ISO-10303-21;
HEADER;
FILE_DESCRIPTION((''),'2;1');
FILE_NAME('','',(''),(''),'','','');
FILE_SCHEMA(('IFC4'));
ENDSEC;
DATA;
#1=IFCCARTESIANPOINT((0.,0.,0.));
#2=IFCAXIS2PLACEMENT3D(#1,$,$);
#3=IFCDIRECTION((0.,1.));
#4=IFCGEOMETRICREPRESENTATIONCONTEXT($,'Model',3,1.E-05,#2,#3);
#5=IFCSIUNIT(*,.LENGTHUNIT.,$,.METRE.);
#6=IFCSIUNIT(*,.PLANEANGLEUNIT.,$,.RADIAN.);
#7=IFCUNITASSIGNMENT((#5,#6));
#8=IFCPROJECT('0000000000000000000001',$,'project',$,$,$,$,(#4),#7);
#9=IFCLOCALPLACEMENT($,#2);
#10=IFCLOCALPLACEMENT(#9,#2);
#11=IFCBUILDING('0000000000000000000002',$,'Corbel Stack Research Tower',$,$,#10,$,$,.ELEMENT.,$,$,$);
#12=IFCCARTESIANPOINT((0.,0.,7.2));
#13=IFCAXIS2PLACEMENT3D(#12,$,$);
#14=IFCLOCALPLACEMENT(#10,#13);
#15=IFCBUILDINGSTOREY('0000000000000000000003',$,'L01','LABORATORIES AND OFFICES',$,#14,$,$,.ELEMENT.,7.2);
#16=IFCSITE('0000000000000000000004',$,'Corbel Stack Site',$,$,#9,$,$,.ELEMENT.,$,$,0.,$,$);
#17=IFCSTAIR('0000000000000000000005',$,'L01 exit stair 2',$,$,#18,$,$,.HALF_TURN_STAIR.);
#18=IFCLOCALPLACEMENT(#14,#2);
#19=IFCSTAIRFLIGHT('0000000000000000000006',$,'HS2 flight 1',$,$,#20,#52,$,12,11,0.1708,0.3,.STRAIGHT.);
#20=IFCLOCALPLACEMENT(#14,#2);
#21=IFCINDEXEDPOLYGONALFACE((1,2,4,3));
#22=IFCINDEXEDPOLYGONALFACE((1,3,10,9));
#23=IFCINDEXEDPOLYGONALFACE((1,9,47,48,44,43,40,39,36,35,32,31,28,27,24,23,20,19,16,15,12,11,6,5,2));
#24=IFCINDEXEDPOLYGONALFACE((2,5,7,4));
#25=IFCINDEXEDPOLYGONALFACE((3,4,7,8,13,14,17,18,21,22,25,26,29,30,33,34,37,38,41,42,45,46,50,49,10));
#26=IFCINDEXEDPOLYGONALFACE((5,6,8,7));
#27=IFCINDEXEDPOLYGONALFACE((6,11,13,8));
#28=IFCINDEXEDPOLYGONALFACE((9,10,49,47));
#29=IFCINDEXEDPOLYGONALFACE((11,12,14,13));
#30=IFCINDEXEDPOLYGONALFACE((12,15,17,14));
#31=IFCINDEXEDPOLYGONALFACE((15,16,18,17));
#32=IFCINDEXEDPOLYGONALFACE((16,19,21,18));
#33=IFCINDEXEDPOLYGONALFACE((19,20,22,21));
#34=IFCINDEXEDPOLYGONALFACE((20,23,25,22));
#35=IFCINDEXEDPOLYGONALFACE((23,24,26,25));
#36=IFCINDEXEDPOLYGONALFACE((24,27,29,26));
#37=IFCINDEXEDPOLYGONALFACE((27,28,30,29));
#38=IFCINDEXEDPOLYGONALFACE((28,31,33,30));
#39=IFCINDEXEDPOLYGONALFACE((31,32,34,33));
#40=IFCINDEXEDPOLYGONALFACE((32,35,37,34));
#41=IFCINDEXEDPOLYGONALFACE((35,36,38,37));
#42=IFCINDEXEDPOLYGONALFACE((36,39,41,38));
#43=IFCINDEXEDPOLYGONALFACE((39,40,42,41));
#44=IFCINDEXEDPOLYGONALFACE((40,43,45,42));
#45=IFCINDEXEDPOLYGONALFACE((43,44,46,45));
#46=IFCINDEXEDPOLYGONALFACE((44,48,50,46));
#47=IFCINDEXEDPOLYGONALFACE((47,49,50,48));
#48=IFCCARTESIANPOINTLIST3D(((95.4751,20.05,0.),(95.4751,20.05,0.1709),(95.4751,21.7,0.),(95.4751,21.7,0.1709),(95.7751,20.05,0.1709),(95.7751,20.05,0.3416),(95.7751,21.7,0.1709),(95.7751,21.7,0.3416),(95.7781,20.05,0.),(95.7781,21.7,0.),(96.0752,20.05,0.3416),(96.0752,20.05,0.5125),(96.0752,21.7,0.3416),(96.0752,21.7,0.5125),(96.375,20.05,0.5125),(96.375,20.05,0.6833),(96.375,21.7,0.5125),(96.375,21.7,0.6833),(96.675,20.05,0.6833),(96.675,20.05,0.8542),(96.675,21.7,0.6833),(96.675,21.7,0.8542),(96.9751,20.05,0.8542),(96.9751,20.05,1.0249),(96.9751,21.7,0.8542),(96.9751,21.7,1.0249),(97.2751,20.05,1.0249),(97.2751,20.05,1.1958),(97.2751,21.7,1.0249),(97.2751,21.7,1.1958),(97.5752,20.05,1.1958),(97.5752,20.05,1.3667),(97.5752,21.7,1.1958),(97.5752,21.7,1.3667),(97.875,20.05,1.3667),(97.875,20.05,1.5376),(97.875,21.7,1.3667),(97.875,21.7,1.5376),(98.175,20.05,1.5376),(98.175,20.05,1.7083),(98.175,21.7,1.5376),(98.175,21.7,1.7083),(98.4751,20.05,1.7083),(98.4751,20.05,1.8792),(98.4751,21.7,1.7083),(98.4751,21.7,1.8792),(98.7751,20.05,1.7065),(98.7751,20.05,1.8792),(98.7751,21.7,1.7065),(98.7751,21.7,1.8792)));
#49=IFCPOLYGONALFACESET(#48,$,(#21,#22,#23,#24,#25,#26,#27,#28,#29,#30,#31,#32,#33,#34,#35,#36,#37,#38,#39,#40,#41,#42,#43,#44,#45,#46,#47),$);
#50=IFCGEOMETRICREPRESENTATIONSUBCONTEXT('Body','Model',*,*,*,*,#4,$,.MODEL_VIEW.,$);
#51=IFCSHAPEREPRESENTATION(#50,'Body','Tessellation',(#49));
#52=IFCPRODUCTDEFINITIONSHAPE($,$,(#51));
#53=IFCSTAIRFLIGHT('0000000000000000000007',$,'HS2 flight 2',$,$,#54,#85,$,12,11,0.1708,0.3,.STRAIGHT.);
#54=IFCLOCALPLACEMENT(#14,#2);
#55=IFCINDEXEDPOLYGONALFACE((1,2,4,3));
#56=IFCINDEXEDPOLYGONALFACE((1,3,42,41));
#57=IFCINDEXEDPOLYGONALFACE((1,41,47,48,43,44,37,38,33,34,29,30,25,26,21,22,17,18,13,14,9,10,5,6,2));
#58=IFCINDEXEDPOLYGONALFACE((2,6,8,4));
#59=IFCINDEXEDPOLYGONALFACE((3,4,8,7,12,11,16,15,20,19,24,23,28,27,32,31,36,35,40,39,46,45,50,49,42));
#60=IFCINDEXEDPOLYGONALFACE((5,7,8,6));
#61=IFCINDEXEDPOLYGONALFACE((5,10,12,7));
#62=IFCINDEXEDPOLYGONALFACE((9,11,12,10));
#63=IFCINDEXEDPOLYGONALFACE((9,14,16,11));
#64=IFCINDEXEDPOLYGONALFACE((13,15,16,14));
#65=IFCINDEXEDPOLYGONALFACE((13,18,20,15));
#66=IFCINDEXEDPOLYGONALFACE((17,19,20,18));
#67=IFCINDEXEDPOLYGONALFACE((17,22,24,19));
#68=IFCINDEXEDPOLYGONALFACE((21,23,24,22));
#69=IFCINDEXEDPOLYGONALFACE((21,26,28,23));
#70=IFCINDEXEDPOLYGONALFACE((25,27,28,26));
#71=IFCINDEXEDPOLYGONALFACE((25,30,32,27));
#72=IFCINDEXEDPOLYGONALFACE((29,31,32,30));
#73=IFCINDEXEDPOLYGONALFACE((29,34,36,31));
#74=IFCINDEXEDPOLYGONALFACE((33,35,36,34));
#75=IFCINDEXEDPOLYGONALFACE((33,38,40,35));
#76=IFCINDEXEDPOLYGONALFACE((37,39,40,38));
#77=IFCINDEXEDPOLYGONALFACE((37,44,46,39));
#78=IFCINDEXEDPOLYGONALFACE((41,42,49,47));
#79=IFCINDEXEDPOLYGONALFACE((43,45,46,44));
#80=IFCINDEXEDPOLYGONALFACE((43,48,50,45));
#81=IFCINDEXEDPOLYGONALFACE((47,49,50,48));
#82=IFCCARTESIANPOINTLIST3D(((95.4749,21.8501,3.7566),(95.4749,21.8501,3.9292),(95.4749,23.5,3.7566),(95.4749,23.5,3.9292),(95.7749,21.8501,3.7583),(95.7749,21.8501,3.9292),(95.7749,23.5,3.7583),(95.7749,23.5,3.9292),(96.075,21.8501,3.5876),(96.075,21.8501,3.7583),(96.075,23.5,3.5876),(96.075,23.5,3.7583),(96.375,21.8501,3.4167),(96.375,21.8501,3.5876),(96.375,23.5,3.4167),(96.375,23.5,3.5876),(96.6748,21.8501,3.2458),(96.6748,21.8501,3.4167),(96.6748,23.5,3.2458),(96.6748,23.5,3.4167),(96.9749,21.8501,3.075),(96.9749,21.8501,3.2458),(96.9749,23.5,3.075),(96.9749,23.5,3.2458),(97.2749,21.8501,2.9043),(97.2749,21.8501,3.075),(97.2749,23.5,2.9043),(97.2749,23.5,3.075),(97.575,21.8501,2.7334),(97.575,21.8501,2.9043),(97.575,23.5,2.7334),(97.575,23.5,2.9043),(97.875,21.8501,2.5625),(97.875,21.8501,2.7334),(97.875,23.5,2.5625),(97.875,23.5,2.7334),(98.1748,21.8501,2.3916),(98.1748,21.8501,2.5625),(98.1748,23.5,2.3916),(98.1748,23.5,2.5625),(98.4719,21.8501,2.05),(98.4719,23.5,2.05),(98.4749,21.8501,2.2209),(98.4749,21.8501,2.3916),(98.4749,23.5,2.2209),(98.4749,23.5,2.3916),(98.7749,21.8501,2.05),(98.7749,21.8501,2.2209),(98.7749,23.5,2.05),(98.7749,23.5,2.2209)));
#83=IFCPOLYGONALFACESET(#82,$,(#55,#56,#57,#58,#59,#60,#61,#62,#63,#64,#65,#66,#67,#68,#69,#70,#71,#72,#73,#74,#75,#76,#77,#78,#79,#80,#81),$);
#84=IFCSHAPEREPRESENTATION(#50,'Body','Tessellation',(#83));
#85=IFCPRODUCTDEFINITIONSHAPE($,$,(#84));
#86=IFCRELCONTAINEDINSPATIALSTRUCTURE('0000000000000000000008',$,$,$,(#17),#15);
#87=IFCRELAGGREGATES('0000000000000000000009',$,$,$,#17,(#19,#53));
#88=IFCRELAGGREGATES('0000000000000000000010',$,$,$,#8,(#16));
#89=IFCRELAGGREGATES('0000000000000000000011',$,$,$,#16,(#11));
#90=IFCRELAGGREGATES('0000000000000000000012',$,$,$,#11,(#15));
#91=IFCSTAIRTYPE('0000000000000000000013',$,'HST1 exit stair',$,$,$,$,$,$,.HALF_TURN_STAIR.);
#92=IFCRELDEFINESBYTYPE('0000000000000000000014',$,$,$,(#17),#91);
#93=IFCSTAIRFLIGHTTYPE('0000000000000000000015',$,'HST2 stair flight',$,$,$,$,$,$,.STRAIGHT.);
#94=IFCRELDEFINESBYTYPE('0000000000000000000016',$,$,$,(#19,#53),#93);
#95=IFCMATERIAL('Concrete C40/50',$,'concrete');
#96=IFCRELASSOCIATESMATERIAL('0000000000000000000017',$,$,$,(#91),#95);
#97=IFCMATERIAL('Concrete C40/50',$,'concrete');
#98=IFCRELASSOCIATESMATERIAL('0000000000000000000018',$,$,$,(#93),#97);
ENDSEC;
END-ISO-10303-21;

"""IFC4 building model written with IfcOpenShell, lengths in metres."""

from ifc_helpers import new_model, si_unit, direction, frame, origin, place, context, subcontext, project, spatial, polyline, outline, extrude, material, type_object, element, aggregate, save


model = new_model("IFC4")

# Units and contexts
model_context = context("Model", 3, precision=1e-05, world=origin(), true_north=direction((0.0, 1.0)))
body_context = subcontext(model_context, "Body", "Model", "MODEL_VIEW")
ifc_project = project(units=[si_unit("LENGTHUNIT", "METRE"), si_unit("PLANEANGLEUNIT", "RADIAN")], contexts=[model_context])

# Site, building, storey
site_placement = place(None, origin())
site = spatial("IfcSite", under=ifc_project, at=site_placement, Name="Corbel Stack Site", CompositionType="ELEMENT", RefElevation=0.0)
building_placement = place(site_placement, origin())
building = spatial("IfcBuilding", under=site, at=building_placement, Name="Corbel Stack Research Tower", CompositionType="ELEMENT")
storey_placement = place(building_placement, frame((0.0, 0.0, 7.2)))
storey = spatial("IfcBuildingStorey", under=building, at=storey_placement, Name="L01", Description="LABORATORIES AND OFFICES", CompositionType="ELEMENT", Elevation=7.2)

# Stair, stair flights
ifc_material_1 = material(Name="Concrete C40/50", Category="concrete")
stair_type = type_object("IfcStairType", Name="HST1 exit stair", PredefinedType="HALF_TURN_STAIR", material=ifc_material_1)
stair_placement = place(storey_placement, origin())
stair = element("IfcStair", 1, at=stair_placement, inside=storey, type_object=stair_type, Name="L01 exit stair 2", PredefinedType="HALF_TURN_STAIR")
ifc_material_2 = material(Name="Concrete C40/50", Category="concrete")
stair_flight_type = type_object("IfcStairFlightType", Name="HST2 stair flight", PredefinedType="STRAIGHT", material=ifc_material_2)
stair_flight_1_placement = place(storey_placement, frame((95.4751, 20.875, 0.0), z_axis=(0.0, 0.0, 1.0), x_axis=(1.0, 0.0, 0.0)))
stair_flight_1 = element("IfcStairFlight", 2, at=stair_flight_1_placement, type_object=stair_flight_type, Name="HS2 flight 1", NumberOfRisers=12, NumberOfTreads=11, PredefinedType="STRAIGHT", RiserHeight=0.1708, TreadLength=0.3, context=body_context, shape_type="SweptSolid", body=[
    extrude(outline(polyline([(0.0, 0.0), (0.0, 0.1709), (0.3, 0.1709), (0.3, 0.3416), (0.6001, 0.3416), (0.6001, 0.5125), (0.8999, 0.5125), (0.8999, 0.6833), (1.2, 0.6833), (1.2, 0.8542), (1.5, 0.8542), (1.5, 1.0249), (1.8, 1.0249), (1.8, 1.1958), (2.1001, 1.1958), (2.1001, 1.3667), (2.3999, 1.3667), (2.3999, 1.5376), (2.7, 1.5376), (2.7, 1.7083), (3.0, 1.7083), (3.0, 1.8792), (3.3, 1.8792), (3.3, 2.05), (3.3, 1.7065), (0.303, 0.0), (0.0, 0.0)])), frame((0.0, 0.825, 0.0), z_axis=(0.0, -1.0, 0.0), x_axis=(1.0, 0.0, 0.0)), (0.0, 0.0, 1.0), 1.6499),
])
stair_flight_2_placement = place(storey_placement, frame((98.7749, 22.675, 2.05), z_axis=(0.0, 0.0, 1.0), x_axis=(-1.0, 0.0, 0.0)))
stair_flight_2 = element("IfcStairFlight", 3, at=stair_flight_2_placement, type_object=stair_flight_type, Name="HS2 flight 2", NumberOfRisers=12, NumberOfTreads=11, PredefinedType="STRAIGHT", RiserHeight=0.1708, TreadLength=0.3, context=body_context, shape_type="SweptSolid", body=[
    extrude(outline(polyline([(0.0, 0.0), (0.0, 0.1709), (0.3, 0.1709), (0.3, 0.3416), (0.6001, 0.3416), (0.6001, 0.5125), (0.8999, 0.5125), (0.8999, 0.6833), (1.2, 0.6833), (1.2, 0.8542), (1.5, 0.8542), (1.5, 1.0249), (1.8, 1.0249), (1.8, 1.1958), (2.1001, 1.1958), (2.1001, 1.3667), (2.3999, 1.3667), (2.3999, 1.5376), (2.7, 1.5376), (2.7, 1.7083), (3.0, 1.7083), (3.0, 1.8792), (3.3, 1.8792), (3.3, 2.05), (3.3, 1.7065), (0.303, 0.0), (0.0, 0.0)])), frame((0.0, 0.825, 0.0), z_axis=(0.0, -1.0, 0.0), x_axis=(1.0, 0.0, 0.0)), (0.0, 0.0, 1.0), 1.6499),
])
aggregate(stair, [stair_flight_1, stair_flight_2])

save(model, "model.ifc")
